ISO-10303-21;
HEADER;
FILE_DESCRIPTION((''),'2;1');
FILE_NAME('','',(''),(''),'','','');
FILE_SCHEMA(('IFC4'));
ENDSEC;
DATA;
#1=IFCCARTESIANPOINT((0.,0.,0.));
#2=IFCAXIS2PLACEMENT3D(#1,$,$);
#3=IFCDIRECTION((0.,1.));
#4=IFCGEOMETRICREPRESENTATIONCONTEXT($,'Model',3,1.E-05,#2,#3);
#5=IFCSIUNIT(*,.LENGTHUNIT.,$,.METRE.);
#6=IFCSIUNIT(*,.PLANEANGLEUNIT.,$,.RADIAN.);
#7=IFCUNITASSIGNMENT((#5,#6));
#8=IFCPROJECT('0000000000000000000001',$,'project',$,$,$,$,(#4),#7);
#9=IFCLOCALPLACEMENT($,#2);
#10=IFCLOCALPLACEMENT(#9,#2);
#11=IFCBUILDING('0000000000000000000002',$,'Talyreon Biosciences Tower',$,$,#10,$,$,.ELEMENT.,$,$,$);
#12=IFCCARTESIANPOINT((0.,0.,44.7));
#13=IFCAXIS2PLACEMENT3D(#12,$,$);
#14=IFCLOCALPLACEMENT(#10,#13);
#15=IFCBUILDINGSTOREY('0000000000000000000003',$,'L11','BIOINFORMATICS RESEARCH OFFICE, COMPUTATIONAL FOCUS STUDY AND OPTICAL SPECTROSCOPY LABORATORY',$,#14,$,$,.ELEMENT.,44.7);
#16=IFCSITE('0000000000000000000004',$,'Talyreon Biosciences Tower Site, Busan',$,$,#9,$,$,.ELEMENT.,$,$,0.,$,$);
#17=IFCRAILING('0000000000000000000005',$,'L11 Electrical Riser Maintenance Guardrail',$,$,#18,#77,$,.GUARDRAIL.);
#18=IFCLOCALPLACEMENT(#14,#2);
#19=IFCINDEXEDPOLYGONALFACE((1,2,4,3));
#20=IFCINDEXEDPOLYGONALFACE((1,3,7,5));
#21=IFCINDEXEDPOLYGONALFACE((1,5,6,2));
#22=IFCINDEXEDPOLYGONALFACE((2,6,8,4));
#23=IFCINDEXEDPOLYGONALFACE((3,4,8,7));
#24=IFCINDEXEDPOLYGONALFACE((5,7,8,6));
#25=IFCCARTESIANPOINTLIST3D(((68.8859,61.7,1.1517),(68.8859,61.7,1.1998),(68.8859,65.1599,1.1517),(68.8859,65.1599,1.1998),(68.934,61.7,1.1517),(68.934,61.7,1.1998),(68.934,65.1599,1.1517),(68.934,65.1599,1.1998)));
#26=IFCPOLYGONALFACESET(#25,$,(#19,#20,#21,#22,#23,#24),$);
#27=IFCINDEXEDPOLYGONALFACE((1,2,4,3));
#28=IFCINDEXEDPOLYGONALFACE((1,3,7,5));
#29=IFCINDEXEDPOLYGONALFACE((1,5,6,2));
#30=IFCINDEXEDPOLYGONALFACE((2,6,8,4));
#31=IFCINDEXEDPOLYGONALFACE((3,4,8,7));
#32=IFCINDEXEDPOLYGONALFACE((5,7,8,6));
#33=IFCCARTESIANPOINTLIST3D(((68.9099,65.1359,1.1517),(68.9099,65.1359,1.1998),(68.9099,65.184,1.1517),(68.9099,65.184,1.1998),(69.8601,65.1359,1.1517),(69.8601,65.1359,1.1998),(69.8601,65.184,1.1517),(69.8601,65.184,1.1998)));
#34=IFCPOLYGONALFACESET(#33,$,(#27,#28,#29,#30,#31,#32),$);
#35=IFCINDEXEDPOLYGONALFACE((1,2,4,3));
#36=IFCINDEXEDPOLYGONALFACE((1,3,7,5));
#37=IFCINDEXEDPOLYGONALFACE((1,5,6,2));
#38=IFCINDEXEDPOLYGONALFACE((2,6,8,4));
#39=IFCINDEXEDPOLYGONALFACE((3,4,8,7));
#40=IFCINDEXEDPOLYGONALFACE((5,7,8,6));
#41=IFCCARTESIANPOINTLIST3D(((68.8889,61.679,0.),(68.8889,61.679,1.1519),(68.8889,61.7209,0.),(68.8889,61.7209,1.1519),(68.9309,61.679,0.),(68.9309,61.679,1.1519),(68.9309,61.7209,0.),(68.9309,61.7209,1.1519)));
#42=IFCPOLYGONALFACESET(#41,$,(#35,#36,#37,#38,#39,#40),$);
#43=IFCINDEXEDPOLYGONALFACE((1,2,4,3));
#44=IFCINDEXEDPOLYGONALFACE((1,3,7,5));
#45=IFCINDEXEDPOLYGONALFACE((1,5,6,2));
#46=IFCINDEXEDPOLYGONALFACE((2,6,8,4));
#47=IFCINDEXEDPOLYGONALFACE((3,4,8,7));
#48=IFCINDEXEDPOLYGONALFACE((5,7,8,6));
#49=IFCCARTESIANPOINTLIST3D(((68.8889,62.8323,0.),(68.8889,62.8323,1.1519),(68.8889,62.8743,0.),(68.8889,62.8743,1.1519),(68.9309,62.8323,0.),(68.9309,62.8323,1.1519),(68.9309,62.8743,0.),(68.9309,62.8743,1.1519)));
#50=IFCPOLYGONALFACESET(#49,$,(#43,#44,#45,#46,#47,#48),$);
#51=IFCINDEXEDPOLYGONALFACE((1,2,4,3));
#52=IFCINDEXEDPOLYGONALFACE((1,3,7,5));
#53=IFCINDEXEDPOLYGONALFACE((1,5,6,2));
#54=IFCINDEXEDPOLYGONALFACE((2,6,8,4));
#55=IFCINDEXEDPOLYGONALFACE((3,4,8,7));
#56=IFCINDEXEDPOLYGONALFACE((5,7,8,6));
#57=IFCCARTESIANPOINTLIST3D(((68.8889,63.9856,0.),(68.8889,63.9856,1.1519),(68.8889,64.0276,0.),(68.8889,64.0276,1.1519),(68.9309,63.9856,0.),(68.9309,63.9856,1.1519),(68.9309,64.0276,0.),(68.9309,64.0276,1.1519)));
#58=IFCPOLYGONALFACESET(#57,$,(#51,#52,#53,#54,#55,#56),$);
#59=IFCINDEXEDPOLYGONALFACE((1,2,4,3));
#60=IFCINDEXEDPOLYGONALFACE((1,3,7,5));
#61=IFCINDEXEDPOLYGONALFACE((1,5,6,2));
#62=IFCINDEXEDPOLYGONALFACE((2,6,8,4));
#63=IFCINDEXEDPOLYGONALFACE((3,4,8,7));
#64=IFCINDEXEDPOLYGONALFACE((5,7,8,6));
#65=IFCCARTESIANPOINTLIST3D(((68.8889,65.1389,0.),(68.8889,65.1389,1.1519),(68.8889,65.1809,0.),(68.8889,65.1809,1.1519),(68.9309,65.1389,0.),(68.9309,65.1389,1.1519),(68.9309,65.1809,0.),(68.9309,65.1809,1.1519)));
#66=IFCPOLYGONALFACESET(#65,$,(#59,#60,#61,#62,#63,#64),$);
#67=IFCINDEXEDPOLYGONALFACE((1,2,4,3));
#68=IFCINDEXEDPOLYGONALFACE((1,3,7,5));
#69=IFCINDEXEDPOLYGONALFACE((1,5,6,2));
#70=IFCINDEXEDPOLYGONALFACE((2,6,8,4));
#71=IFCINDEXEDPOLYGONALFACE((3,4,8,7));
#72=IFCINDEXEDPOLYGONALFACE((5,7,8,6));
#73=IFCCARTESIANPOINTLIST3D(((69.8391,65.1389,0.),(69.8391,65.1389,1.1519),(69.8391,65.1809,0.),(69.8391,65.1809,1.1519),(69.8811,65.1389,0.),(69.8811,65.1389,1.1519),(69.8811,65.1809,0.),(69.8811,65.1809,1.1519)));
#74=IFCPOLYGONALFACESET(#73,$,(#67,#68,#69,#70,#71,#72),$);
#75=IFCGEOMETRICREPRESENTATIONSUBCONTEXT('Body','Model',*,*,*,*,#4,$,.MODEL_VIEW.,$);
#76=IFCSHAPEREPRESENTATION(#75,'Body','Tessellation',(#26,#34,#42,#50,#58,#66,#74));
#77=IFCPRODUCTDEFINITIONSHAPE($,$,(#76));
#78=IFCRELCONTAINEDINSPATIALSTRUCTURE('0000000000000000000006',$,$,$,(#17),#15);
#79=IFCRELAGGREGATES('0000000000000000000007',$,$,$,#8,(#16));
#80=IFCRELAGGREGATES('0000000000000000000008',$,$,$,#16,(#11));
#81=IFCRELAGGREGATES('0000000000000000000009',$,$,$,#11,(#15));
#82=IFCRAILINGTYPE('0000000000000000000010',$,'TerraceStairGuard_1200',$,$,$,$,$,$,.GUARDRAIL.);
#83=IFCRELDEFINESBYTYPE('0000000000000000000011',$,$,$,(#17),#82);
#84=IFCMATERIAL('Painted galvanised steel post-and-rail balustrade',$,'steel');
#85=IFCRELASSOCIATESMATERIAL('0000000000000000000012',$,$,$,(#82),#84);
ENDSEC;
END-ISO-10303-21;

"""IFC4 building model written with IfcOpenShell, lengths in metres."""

from ifc_helpers import new_model, si_unit, direction, frame, origin, origin_2d, place, context, subcontext, project, spatial, rectangle, extrude, material, type_object, element, save


model = new_model("IFC4")

# Units and contexts
model_context = context("Model", 3, precision=1e-05, world=origin(), true_north=direction((0.0, 1.0)))
body_context = subcontext(model_context, "Body", "Model", "MODEL_VIEW")
ifc_project = project(units=[si_unit("LENGTHUNIT", "METRE"), si_unit("PLANEANGLEUNIT", "RADIAN")], contexts=[model_context])

# Site, building, storey
site_placement = place(None, origin())
site = spatial("IfcSite", under=ifc_project, at=site_placement, Name="Talyreon Biosciences Tower Site, Busan", CompositionType="ELEMENT", RefElevation=0.0)
building_placement = place(site_placement, origin())
building = spatial("IfcBuilding", under=site, at=building_placement, Name="Talyreon Biosciences Tower", CompositionType="ELEMENT")
storey_placement = place(building_placement, frame((0.0, 0.0, 44.7)))
storey = spatial("IfcBuildingStorey", under=building, at=storey_placement, Name="L11", Description="BIOINFORMATICS RESEARCH OFFICE, COMPUTATIONAL FOCUS STUDY AND OPTICAL SPECTROSCOPY LABORATORY", CompositionType="ELEMENT", Elevation=44.7)

# Railing
ifc_material_1 = material(Name="Painted galvanised steel post-and-rail balustrade", Category="steel")
railing_type_1 = type_object("IfcRailingType", Name="TerraceStairGuard_1200", PredefinedType="GUARDRAIL", material=ifc_material_1)
railing_1_placement = place(storey_placement, frame((68.9099, 61.7, 0.0)))
element("IfcRailing", 1, at=railing_1_placement, inside=storey, type_object=railing_type_1, Name="L11 Electrical Riser Maintenance Guardrail", PredefinedType="GUARDRAIL", context=body_context, shape_type="SweptSolid", body=[
    extrude(rectangle(XDim=0.0481, YDim=0.0481, at=origin_2d()), frame((0.0, 0.0, 1.1758), z_axis=(0.0, 1.0, 0.0), x_axis=(-1.0, 0.0, 0.0)), (0.0, 0.0, 1.0), 3.46),
    extrude(rectangle(XDim=0.0481, YDim=0.0481, at=origin_2d()), frame((0.0, 3.46, 1.1758), z_axis=(1.0, 0.0, 0.0), x_axis=(0.0, 1.0, 0.0)), (0.0, 0.0, 1.0), 0.9502),
    extrude(rectangle(XDim=0.042, YDim=0.042, at=origin_2d()), origin(), (0.0, 0.0, 1.0), 1.1519),
    extrude(rectangle(XDim=0.042, YDim=0.042, at=origin_2d()), frame((0.0, 1.1533, 0.0)), (0.0, 0.0, 1.0), 1.1519),
    extrude(rectangle(XDim=0.042, YDim=0.042, at=origin_2d()), frame((0.0, 2.3066, 0.0)), (0.0, 0.0, 1.0), 1.1519),
    extrude(rectangle(XDim=0.042, YDim=0.042, at=origin_2d()), frame((0.0, 3.46, 0.0)), (0.0, 0.0, 1.0), 1.1519),
    extrude(rectangle(XDim=0.042, YDim=0.042, at=origin_2d()), frame((0.9502, 3.46, 0.0)), (0.0, 0.0, 1.0), 1.1519),
])

save(model, "model.ifc")
